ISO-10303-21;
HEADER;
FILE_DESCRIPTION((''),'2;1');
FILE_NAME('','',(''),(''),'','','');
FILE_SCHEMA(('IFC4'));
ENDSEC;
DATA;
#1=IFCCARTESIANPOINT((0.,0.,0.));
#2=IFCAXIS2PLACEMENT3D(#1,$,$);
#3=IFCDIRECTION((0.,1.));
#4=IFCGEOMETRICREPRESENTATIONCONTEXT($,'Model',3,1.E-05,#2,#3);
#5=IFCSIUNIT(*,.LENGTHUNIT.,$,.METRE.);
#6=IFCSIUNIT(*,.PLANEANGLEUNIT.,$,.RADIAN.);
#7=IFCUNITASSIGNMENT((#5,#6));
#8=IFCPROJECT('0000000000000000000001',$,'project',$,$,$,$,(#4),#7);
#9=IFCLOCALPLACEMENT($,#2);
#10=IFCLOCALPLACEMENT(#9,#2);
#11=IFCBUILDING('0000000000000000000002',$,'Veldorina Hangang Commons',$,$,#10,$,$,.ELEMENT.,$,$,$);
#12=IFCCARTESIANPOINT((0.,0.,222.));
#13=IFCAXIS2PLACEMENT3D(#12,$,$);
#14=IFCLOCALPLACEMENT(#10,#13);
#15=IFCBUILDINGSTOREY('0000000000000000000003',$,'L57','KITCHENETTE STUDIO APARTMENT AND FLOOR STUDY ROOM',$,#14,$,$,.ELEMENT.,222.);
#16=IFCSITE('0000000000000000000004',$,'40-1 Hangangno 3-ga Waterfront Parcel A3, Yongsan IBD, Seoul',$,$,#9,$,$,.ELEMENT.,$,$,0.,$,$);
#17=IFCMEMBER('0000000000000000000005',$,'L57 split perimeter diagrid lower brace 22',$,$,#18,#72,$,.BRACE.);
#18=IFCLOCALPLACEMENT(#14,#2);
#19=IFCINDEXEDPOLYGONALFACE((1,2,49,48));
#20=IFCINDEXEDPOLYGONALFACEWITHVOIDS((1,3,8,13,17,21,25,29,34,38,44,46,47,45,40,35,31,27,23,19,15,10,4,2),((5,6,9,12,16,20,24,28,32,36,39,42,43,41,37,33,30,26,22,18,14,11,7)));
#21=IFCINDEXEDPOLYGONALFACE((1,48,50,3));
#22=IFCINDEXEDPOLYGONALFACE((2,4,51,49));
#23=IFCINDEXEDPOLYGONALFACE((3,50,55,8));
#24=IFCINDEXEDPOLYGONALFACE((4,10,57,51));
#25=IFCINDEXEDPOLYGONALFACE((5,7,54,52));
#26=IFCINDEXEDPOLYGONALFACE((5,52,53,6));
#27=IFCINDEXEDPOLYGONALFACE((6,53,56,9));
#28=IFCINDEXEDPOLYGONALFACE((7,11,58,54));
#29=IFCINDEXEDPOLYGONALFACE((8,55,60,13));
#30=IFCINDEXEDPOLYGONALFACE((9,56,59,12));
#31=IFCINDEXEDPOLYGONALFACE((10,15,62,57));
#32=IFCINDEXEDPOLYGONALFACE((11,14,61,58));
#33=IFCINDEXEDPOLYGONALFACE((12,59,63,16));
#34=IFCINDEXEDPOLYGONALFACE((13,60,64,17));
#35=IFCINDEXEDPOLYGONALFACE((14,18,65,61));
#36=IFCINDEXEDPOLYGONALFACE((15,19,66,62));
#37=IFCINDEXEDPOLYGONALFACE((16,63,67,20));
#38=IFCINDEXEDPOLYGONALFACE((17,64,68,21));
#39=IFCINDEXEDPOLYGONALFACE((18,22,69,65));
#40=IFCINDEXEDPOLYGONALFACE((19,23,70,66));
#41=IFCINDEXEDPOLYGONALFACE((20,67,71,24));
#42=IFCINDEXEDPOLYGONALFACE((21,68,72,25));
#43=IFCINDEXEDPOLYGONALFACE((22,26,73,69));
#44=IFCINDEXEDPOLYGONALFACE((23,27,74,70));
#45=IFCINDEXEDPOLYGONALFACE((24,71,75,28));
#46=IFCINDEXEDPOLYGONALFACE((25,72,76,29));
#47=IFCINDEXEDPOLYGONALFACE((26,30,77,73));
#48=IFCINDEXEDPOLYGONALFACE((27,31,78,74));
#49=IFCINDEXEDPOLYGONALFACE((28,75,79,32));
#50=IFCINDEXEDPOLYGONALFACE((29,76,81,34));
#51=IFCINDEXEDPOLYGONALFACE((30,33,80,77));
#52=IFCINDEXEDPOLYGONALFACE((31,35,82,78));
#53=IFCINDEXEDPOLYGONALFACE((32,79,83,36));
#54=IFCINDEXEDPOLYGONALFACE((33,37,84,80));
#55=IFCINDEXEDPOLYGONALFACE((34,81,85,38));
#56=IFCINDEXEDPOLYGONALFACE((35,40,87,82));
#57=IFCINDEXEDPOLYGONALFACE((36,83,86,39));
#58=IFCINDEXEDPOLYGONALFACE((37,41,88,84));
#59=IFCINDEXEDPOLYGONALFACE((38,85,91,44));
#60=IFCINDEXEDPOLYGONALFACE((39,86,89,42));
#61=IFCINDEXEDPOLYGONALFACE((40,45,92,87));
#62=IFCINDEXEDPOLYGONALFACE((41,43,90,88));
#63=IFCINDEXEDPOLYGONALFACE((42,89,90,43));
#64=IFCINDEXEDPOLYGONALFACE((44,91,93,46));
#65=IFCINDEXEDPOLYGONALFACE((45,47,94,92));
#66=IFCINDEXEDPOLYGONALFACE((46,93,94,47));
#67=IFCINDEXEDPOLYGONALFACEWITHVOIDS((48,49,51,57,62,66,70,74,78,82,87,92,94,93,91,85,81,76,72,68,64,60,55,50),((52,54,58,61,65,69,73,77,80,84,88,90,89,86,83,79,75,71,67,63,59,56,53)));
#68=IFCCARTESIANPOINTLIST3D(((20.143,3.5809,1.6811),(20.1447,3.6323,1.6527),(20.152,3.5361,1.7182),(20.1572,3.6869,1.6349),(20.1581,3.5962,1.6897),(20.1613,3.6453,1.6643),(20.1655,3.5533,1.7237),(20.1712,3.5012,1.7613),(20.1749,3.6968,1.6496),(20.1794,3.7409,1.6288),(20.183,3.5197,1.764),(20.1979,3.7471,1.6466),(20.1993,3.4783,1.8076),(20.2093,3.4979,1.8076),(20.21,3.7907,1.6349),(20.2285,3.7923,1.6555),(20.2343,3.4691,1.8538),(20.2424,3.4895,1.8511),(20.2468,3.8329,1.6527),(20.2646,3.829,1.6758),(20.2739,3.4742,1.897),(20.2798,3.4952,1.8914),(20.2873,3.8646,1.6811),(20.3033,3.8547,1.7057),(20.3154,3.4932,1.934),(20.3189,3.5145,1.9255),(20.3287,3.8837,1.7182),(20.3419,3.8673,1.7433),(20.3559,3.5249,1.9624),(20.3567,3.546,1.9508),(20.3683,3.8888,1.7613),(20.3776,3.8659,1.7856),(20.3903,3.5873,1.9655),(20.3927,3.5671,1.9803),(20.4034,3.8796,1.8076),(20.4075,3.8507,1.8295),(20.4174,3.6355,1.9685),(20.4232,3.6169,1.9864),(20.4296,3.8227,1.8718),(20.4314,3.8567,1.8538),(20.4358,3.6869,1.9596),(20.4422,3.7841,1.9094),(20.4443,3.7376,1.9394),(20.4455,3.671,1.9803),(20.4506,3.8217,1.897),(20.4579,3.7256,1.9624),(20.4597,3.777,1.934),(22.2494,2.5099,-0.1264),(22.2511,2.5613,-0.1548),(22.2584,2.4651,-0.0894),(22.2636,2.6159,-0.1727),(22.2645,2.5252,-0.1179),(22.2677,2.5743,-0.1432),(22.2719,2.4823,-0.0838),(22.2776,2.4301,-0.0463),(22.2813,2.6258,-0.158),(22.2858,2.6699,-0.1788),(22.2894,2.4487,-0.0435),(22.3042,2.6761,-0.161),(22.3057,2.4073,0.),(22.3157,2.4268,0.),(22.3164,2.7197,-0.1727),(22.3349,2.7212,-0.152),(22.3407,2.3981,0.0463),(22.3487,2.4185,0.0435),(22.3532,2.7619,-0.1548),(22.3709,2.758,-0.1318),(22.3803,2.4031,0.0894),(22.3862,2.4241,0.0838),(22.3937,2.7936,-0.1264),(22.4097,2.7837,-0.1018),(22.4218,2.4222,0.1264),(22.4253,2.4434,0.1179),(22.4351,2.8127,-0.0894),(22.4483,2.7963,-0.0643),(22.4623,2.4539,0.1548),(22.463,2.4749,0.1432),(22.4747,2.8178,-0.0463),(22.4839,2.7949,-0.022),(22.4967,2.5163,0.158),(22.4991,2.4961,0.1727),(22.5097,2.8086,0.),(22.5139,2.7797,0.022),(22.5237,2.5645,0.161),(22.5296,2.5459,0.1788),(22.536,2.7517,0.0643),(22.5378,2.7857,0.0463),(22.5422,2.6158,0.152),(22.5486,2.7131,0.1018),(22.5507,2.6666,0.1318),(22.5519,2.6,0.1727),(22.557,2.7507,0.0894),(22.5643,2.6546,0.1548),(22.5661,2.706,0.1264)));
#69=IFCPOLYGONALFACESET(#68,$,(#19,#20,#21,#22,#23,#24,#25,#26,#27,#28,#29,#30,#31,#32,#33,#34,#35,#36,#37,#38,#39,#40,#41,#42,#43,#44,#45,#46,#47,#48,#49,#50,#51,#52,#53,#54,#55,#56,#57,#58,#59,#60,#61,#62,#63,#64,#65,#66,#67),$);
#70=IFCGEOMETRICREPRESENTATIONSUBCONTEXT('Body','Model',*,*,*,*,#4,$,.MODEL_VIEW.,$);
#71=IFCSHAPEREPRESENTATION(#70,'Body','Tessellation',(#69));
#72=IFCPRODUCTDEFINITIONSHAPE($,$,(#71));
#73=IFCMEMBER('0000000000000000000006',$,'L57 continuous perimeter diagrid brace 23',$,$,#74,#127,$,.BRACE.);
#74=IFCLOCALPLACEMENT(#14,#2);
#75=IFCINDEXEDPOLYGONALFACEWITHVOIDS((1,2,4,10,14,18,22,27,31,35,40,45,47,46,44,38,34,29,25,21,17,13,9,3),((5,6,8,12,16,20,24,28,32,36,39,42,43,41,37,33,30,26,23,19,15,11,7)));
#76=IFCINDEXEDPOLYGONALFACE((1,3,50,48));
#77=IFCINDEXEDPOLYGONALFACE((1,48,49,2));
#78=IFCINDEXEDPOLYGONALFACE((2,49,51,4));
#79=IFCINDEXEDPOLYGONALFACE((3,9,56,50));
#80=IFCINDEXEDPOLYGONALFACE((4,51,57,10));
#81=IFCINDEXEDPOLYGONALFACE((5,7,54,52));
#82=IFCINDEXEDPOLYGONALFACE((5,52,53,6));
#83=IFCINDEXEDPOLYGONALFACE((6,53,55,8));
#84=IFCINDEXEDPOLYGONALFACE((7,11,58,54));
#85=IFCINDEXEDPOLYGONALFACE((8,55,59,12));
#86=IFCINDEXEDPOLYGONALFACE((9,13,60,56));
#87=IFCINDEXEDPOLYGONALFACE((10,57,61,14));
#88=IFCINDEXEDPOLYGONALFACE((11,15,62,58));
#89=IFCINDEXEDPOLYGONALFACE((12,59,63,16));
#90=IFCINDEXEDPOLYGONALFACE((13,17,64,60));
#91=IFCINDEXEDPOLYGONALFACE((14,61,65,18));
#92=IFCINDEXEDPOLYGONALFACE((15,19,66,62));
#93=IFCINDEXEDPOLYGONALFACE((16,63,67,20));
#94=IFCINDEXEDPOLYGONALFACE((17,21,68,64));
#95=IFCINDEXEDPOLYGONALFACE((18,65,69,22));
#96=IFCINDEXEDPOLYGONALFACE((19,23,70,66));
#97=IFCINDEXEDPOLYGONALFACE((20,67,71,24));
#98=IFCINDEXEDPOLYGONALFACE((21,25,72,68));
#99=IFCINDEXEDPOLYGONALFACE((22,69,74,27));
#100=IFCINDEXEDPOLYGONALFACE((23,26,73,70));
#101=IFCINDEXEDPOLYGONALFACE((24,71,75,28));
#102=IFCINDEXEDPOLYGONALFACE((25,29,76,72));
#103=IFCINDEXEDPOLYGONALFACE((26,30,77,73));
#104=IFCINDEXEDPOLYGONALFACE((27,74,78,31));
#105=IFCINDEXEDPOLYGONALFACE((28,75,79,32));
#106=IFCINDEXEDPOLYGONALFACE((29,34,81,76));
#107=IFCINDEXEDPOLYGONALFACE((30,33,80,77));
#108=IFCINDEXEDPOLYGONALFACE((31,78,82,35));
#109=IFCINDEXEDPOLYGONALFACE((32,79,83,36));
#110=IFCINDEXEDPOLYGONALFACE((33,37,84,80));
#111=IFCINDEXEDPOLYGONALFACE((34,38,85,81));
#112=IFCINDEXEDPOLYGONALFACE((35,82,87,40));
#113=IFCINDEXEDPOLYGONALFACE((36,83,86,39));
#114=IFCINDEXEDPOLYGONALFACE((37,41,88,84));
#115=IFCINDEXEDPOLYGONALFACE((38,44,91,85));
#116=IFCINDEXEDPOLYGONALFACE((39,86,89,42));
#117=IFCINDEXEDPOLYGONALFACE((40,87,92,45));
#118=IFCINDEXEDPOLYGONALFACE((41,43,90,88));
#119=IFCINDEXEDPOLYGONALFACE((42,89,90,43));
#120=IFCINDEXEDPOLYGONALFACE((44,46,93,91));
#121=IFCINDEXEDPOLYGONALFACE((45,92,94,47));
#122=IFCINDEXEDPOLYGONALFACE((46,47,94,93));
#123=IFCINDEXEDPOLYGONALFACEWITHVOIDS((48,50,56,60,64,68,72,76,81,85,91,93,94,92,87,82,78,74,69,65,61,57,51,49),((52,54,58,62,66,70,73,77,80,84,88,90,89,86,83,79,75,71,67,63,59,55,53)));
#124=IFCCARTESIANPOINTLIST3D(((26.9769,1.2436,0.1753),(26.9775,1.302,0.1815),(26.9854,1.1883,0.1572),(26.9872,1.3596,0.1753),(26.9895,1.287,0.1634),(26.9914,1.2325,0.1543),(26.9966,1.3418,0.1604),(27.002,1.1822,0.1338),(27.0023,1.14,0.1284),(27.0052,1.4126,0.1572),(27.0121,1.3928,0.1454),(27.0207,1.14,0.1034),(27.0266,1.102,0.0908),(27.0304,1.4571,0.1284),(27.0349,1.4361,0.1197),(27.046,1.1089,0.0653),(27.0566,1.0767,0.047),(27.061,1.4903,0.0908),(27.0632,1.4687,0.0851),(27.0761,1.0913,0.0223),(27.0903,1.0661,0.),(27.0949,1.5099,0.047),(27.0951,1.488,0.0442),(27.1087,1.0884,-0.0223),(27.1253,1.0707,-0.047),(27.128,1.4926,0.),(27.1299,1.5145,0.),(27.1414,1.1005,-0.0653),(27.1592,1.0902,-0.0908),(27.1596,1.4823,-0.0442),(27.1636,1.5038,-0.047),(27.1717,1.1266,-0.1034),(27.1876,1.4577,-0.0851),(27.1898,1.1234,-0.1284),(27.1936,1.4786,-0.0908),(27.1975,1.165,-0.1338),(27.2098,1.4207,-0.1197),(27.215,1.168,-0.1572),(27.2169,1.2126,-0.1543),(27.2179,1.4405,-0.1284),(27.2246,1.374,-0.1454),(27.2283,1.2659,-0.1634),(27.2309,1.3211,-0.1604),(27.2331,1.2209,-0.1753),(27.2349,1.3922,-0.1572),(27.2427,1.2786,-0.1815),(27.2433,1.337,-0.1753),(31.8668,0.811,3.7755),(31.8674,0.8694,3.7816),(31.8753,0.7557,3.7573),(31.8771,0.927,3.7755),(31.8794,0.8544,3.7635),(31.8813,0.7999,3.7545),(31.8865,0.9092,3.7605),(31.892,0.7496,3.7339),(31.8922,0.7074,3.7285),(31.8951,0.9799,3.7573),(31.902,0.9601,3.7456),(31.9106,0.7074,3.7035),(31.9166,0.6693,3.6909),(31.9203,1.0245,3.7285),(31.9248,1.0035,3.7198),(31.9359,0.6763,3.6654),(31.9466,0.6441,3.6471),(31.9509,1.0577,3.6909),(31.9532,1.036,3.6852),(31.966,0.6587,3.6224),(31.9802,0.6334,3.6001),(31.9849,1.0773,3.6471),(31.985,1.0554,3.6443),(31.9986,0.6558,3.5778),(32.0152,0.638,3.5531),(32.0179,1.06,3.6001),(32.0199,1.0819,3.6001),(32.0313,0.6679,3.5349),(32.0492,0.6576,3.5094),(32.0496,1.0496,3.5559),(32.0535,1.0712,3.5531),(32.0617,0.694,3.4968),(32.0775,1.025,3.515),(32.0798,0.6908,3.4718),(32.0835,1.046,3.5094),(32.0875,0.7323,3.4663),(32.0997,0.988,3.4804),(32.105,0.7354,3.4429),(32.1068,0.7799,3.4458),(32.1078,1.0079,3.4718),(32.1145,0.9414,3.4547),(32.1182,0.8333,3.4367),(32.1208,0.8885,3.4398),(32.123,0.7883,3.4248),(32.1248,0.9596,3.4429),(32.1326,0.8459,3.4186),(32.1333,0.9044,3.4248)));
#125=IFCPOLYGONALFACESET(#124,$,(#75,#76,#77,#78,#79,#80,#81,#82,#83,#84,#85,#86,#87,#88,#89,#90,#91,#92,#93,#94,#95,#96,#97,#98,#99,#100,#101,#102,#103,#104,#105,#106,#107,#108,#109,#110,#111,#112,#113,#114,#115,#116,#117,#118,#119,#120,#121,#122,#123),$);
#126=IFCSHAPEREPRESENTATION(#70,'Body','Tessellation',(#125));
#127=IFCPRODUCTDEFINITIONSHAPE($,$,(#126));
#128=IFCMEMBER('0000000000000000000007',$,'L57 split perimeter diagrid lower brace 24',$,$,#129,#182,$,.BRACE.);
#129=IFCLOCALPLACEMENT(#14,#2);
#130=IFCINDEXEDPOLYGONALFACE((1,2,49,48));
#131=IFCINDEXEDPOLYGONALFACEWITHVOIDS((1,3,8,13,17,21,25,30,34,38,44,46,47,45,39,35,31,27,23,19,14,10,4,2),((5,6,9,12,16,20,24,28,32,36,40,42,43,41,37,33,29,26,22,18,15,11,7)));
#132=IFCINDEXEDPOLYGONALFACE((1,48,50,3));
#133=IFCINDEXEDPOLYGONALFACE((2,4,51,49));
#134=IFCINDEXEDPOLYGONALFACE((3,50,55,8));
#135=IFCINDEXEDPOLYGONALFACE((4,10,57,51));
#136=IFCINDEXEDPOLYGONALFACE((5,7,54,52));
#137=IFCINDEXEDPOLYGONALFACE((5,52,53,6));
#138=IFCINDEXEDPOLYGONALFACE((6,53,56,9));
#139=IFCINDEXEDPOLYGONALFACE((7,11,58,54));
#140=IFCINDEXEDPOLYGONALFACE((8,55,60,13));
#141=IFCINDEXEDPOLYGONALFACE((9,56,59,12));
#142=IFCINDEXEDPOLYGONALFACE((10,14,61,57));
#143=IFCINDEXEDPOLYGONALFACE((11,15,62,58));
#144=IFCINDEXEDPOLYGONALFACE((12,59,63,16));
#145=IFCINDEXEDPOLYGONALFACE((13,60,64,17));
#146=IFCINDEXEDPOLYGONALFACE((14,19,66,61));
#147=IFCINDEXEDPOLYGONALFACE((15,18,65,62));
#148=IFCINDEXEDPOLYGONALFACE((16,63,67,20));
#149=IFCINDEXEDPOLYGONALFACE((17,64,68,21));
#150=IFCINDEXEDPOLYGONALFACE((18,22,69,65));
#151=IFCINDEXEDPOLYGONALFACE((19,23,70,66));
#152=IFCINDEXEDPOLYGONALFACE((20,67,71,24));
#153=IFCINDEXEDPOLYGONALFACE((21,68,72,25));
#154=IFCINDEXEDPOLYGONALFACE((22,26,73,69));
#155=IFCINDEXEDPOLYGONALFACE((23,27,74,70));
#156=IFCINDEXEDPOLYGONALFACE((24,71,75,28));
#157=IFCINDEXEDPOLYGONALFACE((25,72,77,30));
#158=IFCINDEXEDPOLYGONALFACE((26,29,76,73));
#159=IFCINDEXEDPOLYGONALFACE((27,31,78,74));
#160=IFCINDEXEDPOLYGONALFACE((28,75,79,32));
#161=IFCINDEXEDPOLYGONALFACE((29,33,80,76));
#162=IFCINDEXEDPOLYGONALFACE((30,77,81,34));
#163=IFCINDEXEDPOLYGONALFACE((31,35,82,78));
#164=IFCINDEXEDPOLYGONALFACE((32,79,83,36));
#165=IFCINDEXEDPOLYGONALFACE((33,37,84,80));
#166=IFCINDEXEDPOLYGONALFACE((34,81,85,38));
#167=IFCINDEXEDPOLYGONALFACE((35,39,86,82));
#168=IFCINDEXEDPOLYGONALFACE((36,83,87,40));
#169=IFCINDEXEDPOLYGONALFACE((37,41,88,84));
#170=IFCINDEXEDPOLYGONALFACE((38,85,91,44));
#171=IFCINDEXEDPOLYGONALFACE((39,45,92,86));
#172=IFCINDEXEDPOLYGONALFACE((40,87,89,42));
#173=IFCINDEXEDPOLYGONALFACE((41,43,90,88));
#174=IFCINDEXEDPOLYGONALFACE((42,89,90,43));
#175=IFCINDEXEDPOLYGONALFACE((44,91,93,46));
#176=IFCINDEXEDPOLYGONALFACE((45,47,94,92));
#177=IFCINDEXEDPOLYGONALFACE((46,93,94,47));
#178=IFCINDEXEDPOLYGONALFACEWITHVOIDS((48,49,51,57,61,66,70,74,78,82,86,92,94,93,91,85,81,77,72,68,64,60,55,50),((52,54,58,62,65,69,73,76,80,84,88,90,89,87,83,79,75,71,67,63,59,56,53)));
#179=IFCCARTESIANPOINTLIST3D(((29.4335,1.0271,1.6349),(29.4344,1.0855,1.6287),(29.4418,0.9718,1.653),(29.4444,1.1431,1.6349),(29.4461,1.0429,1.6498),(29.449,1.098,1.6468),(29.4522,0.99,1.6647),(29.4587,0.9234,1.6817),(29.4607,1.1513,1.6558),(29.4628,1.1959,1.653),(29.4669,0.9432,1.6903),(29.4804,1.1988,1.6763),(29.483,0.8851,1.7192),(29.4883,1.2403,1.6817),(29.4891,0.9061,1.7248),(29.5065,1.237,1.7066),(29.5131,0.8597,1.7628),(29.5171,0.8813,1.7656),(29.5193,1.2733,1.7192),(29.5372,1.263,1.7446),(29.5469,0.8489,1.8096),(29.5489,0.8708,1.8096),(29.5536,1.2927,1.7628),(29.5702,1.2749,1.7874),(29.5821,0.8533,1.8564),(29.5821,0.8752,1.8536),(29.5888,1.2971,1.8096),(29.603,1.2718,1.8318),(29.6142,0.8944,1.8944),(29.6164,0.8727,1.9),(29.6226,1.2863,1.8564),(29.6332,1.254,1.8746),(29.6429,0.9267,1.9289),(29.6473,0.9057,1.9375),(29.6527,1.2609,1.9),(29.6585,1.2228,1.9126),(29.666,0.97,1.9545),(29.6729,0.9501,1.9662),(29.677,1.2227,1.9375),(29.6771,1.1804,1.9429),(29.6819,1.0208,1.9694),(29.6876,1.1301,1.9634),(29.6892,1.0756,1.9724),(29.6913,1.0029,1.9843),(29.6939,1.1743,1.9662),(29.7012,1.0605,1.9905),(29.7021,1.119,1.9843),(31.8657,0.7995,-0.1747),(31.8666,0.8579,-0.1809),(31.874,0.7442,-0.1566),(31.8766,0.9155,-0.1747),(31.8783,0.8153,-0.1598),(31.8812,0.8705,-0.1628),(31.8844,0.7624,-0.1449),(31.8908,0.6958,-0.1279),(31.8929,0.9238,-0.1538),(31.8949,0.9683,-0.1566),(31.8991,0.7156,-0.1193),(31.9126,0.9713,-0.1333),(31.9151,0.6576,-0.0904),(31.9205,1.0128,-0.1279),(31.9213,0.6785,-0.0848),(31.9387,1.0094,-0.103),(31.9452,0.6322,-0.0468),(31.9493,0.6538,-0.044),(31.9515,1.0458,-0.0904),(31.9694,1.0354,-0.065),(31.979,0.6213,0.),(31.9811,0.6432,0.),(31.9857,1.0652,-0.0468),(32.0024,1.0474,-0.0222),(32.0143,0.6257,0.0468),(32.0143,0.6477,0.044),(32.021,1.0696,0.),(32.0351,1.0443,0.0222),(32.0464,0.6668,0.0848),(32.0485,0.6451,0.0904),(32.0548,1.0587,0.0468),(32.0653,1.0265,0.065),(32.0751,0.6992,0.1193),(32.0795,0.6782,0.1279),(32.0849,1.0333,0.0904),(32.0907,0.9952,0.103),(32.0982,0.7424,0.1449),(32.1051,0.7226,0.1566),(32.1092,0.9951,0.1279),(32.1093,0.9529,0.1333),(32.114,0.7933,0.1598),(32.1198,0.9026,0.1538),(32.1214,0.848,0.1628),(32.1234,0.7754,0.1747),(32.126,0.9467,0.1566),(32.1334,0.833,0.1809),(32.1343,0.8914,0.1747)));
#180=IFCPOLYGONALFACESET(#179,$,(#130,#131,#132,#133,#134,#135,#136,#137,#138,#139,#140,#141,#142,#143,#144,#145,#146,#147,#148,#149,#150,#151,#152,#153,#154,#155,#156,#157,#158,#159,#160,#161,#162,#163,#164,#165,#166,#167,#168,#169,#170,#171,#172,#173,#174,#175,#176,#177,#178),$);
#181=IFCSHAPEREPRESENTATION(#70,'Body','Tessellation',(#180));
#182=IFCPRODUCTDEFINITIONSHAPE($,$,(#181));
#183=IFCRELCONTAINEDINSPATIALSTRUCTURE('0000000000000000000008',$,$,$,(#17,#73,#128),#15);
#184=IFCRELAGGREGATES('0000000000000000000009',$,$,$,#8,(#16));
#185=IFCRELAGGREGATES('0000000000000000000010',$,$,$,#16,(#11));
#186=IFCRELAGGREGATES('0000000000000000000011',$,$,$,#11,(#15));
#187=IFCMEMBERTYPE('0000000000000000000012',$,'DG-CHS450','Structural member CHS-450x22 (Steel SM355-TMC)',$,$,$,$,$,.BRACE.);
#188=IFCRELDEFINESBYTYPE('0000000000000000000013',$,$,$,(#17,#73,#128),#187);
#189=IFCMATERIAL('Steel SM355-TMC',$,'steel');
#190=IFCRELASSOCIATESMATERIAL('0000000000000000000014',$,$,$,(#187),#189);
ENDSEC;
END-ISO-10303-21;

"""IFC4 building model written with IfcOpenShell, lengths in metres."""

from ifc_helpers import new_model, si_unit, direction, frame, origin, origin_2d, place, context, subcontext, project, spatial, hollow_circle, extrude, material, material_profile, profile_set, type_object, element, save


model = new_model("IFC4")

# Units and contexts
model_context = context("Model", 3, precision=1e-05, world=origin(), true_north=direction((0.0, 1.0)))
body_context = subcontext(model_context, "Body", "Model", "MODEL_VIEW")
ifc_project = project(units=[si_unit("LENGTHUNIT", "METRE"), si_unit("PLANEANGLEUNIT", "RADIAN")], contexts=[model_context])

# Site, building, storey
site_placement = place(None, origin())
site = spatial("IfcSite", under=ifc_project, at=site_placement, Name="40-1 Hangangno 3-ga Waterfront Parcel A3, Yongsan IBD, Seoul", CompositionType="ELEMENT", RefElevation=0.0)
building_placement = place(site_placement, origin())
building = spatial("IfcBuilding", under=site, at=building_placement, Name="Veldorina Hangang Commons", CompositionType="ELEMENT")
storey_placement = place(building_placement, frame((0.0, 0.0, 222.0)))
storey = spatial("IfcBuildingStorey", under=building, at=storey_placement, Name="L57", Description="KITCHENETTE STUDIO APARTMENT AND FLOOR STUDY ROOM", CompositionType="ELEMENT", Elevation=222.0)

# Shared definitions
ifc_material_1 = material(Name="Steel SM355-TMC", Category="steel")

# Members
ifc_material_profile_1 = material_profile(ifc_material_1, hollow_circle(Radius=0.2251, WallThickness=0.022, at=origin_2d()), Name="CHS-450x22")
ifc_profile_set_1 = profile_set([ifc_material_profile_1], Name="Steel SM355-TMC")
member_type_1 = type_object("IfcMemberType", Name="DG-CHS450", Description="Structural member CHS-450x22 (Steel SM355-TMC)", PredefinedType="BRACE", material=ifc_profile_set_1)
member_1_placement = place(storey_placement, frame((22.4077, 2.6079, 0.0), z_axis=(-0.708005, 0.359993, 0.607565), x_axis=(-0.453237, -0.89139, 0.0)))
element("IfcMember", 1, at=member_1_placement, inside=storey, type_object=member_type_1, Name="L57 split perimeter diagrid lower brace 22", PredefinedType="BRACE", context=body_context, shape_type="SweptSolid", body=[
    extrude(hollow_circle(Radius=0.2251, WallThickness=0.022, at=origin_2d()), origin(), (0.0, 0.0, 1.0), 2.9751),
])
member_2_placement = place(storey_placement, frame((27.1101, 1.2903, 0.0), z_axis=(0.803254, -0.071065, 0.591382), x_axis=(0.088127, 0.996109, 0.0)))
element("IfcMember", 2, at=member_2_placement, inside=storey, type_object=member_type_1, Name="L57 continuous perimeter diagrid brace 23", PredefinedType="BRACE", context=body_context, shape_type="SweptSolid", body=[
    extrude(hollow_circle(Radius=0.2251, WallThickness=0.022, at=origin_2d()), origin(), (0.0, 0.0, 1.0), 6.0876),
])
member_3_placement = place(storey_placement, frame((32.0, 0.8455, 0.0), z_axis=(-0.800044, 0.074848, 0.595254), x_axis=(-0.093149, -0.995652, 0.0)))
element("IfcMember", 3, at=member_3_placement, inside=storey, type_object=member_type_1, Name="L57 split perimeter diagrid lower brace 24", PredefinedType="BRACE", context=body_context, shape_type="SweptSolid", body=[
    extrude(hollow_circle(Radius=0.2251, WallThickness=0.022, at=origin_2d()), origin(), (0.0, 0.0, 1.0), 3.04),
])

save(model, "model.ifc")
